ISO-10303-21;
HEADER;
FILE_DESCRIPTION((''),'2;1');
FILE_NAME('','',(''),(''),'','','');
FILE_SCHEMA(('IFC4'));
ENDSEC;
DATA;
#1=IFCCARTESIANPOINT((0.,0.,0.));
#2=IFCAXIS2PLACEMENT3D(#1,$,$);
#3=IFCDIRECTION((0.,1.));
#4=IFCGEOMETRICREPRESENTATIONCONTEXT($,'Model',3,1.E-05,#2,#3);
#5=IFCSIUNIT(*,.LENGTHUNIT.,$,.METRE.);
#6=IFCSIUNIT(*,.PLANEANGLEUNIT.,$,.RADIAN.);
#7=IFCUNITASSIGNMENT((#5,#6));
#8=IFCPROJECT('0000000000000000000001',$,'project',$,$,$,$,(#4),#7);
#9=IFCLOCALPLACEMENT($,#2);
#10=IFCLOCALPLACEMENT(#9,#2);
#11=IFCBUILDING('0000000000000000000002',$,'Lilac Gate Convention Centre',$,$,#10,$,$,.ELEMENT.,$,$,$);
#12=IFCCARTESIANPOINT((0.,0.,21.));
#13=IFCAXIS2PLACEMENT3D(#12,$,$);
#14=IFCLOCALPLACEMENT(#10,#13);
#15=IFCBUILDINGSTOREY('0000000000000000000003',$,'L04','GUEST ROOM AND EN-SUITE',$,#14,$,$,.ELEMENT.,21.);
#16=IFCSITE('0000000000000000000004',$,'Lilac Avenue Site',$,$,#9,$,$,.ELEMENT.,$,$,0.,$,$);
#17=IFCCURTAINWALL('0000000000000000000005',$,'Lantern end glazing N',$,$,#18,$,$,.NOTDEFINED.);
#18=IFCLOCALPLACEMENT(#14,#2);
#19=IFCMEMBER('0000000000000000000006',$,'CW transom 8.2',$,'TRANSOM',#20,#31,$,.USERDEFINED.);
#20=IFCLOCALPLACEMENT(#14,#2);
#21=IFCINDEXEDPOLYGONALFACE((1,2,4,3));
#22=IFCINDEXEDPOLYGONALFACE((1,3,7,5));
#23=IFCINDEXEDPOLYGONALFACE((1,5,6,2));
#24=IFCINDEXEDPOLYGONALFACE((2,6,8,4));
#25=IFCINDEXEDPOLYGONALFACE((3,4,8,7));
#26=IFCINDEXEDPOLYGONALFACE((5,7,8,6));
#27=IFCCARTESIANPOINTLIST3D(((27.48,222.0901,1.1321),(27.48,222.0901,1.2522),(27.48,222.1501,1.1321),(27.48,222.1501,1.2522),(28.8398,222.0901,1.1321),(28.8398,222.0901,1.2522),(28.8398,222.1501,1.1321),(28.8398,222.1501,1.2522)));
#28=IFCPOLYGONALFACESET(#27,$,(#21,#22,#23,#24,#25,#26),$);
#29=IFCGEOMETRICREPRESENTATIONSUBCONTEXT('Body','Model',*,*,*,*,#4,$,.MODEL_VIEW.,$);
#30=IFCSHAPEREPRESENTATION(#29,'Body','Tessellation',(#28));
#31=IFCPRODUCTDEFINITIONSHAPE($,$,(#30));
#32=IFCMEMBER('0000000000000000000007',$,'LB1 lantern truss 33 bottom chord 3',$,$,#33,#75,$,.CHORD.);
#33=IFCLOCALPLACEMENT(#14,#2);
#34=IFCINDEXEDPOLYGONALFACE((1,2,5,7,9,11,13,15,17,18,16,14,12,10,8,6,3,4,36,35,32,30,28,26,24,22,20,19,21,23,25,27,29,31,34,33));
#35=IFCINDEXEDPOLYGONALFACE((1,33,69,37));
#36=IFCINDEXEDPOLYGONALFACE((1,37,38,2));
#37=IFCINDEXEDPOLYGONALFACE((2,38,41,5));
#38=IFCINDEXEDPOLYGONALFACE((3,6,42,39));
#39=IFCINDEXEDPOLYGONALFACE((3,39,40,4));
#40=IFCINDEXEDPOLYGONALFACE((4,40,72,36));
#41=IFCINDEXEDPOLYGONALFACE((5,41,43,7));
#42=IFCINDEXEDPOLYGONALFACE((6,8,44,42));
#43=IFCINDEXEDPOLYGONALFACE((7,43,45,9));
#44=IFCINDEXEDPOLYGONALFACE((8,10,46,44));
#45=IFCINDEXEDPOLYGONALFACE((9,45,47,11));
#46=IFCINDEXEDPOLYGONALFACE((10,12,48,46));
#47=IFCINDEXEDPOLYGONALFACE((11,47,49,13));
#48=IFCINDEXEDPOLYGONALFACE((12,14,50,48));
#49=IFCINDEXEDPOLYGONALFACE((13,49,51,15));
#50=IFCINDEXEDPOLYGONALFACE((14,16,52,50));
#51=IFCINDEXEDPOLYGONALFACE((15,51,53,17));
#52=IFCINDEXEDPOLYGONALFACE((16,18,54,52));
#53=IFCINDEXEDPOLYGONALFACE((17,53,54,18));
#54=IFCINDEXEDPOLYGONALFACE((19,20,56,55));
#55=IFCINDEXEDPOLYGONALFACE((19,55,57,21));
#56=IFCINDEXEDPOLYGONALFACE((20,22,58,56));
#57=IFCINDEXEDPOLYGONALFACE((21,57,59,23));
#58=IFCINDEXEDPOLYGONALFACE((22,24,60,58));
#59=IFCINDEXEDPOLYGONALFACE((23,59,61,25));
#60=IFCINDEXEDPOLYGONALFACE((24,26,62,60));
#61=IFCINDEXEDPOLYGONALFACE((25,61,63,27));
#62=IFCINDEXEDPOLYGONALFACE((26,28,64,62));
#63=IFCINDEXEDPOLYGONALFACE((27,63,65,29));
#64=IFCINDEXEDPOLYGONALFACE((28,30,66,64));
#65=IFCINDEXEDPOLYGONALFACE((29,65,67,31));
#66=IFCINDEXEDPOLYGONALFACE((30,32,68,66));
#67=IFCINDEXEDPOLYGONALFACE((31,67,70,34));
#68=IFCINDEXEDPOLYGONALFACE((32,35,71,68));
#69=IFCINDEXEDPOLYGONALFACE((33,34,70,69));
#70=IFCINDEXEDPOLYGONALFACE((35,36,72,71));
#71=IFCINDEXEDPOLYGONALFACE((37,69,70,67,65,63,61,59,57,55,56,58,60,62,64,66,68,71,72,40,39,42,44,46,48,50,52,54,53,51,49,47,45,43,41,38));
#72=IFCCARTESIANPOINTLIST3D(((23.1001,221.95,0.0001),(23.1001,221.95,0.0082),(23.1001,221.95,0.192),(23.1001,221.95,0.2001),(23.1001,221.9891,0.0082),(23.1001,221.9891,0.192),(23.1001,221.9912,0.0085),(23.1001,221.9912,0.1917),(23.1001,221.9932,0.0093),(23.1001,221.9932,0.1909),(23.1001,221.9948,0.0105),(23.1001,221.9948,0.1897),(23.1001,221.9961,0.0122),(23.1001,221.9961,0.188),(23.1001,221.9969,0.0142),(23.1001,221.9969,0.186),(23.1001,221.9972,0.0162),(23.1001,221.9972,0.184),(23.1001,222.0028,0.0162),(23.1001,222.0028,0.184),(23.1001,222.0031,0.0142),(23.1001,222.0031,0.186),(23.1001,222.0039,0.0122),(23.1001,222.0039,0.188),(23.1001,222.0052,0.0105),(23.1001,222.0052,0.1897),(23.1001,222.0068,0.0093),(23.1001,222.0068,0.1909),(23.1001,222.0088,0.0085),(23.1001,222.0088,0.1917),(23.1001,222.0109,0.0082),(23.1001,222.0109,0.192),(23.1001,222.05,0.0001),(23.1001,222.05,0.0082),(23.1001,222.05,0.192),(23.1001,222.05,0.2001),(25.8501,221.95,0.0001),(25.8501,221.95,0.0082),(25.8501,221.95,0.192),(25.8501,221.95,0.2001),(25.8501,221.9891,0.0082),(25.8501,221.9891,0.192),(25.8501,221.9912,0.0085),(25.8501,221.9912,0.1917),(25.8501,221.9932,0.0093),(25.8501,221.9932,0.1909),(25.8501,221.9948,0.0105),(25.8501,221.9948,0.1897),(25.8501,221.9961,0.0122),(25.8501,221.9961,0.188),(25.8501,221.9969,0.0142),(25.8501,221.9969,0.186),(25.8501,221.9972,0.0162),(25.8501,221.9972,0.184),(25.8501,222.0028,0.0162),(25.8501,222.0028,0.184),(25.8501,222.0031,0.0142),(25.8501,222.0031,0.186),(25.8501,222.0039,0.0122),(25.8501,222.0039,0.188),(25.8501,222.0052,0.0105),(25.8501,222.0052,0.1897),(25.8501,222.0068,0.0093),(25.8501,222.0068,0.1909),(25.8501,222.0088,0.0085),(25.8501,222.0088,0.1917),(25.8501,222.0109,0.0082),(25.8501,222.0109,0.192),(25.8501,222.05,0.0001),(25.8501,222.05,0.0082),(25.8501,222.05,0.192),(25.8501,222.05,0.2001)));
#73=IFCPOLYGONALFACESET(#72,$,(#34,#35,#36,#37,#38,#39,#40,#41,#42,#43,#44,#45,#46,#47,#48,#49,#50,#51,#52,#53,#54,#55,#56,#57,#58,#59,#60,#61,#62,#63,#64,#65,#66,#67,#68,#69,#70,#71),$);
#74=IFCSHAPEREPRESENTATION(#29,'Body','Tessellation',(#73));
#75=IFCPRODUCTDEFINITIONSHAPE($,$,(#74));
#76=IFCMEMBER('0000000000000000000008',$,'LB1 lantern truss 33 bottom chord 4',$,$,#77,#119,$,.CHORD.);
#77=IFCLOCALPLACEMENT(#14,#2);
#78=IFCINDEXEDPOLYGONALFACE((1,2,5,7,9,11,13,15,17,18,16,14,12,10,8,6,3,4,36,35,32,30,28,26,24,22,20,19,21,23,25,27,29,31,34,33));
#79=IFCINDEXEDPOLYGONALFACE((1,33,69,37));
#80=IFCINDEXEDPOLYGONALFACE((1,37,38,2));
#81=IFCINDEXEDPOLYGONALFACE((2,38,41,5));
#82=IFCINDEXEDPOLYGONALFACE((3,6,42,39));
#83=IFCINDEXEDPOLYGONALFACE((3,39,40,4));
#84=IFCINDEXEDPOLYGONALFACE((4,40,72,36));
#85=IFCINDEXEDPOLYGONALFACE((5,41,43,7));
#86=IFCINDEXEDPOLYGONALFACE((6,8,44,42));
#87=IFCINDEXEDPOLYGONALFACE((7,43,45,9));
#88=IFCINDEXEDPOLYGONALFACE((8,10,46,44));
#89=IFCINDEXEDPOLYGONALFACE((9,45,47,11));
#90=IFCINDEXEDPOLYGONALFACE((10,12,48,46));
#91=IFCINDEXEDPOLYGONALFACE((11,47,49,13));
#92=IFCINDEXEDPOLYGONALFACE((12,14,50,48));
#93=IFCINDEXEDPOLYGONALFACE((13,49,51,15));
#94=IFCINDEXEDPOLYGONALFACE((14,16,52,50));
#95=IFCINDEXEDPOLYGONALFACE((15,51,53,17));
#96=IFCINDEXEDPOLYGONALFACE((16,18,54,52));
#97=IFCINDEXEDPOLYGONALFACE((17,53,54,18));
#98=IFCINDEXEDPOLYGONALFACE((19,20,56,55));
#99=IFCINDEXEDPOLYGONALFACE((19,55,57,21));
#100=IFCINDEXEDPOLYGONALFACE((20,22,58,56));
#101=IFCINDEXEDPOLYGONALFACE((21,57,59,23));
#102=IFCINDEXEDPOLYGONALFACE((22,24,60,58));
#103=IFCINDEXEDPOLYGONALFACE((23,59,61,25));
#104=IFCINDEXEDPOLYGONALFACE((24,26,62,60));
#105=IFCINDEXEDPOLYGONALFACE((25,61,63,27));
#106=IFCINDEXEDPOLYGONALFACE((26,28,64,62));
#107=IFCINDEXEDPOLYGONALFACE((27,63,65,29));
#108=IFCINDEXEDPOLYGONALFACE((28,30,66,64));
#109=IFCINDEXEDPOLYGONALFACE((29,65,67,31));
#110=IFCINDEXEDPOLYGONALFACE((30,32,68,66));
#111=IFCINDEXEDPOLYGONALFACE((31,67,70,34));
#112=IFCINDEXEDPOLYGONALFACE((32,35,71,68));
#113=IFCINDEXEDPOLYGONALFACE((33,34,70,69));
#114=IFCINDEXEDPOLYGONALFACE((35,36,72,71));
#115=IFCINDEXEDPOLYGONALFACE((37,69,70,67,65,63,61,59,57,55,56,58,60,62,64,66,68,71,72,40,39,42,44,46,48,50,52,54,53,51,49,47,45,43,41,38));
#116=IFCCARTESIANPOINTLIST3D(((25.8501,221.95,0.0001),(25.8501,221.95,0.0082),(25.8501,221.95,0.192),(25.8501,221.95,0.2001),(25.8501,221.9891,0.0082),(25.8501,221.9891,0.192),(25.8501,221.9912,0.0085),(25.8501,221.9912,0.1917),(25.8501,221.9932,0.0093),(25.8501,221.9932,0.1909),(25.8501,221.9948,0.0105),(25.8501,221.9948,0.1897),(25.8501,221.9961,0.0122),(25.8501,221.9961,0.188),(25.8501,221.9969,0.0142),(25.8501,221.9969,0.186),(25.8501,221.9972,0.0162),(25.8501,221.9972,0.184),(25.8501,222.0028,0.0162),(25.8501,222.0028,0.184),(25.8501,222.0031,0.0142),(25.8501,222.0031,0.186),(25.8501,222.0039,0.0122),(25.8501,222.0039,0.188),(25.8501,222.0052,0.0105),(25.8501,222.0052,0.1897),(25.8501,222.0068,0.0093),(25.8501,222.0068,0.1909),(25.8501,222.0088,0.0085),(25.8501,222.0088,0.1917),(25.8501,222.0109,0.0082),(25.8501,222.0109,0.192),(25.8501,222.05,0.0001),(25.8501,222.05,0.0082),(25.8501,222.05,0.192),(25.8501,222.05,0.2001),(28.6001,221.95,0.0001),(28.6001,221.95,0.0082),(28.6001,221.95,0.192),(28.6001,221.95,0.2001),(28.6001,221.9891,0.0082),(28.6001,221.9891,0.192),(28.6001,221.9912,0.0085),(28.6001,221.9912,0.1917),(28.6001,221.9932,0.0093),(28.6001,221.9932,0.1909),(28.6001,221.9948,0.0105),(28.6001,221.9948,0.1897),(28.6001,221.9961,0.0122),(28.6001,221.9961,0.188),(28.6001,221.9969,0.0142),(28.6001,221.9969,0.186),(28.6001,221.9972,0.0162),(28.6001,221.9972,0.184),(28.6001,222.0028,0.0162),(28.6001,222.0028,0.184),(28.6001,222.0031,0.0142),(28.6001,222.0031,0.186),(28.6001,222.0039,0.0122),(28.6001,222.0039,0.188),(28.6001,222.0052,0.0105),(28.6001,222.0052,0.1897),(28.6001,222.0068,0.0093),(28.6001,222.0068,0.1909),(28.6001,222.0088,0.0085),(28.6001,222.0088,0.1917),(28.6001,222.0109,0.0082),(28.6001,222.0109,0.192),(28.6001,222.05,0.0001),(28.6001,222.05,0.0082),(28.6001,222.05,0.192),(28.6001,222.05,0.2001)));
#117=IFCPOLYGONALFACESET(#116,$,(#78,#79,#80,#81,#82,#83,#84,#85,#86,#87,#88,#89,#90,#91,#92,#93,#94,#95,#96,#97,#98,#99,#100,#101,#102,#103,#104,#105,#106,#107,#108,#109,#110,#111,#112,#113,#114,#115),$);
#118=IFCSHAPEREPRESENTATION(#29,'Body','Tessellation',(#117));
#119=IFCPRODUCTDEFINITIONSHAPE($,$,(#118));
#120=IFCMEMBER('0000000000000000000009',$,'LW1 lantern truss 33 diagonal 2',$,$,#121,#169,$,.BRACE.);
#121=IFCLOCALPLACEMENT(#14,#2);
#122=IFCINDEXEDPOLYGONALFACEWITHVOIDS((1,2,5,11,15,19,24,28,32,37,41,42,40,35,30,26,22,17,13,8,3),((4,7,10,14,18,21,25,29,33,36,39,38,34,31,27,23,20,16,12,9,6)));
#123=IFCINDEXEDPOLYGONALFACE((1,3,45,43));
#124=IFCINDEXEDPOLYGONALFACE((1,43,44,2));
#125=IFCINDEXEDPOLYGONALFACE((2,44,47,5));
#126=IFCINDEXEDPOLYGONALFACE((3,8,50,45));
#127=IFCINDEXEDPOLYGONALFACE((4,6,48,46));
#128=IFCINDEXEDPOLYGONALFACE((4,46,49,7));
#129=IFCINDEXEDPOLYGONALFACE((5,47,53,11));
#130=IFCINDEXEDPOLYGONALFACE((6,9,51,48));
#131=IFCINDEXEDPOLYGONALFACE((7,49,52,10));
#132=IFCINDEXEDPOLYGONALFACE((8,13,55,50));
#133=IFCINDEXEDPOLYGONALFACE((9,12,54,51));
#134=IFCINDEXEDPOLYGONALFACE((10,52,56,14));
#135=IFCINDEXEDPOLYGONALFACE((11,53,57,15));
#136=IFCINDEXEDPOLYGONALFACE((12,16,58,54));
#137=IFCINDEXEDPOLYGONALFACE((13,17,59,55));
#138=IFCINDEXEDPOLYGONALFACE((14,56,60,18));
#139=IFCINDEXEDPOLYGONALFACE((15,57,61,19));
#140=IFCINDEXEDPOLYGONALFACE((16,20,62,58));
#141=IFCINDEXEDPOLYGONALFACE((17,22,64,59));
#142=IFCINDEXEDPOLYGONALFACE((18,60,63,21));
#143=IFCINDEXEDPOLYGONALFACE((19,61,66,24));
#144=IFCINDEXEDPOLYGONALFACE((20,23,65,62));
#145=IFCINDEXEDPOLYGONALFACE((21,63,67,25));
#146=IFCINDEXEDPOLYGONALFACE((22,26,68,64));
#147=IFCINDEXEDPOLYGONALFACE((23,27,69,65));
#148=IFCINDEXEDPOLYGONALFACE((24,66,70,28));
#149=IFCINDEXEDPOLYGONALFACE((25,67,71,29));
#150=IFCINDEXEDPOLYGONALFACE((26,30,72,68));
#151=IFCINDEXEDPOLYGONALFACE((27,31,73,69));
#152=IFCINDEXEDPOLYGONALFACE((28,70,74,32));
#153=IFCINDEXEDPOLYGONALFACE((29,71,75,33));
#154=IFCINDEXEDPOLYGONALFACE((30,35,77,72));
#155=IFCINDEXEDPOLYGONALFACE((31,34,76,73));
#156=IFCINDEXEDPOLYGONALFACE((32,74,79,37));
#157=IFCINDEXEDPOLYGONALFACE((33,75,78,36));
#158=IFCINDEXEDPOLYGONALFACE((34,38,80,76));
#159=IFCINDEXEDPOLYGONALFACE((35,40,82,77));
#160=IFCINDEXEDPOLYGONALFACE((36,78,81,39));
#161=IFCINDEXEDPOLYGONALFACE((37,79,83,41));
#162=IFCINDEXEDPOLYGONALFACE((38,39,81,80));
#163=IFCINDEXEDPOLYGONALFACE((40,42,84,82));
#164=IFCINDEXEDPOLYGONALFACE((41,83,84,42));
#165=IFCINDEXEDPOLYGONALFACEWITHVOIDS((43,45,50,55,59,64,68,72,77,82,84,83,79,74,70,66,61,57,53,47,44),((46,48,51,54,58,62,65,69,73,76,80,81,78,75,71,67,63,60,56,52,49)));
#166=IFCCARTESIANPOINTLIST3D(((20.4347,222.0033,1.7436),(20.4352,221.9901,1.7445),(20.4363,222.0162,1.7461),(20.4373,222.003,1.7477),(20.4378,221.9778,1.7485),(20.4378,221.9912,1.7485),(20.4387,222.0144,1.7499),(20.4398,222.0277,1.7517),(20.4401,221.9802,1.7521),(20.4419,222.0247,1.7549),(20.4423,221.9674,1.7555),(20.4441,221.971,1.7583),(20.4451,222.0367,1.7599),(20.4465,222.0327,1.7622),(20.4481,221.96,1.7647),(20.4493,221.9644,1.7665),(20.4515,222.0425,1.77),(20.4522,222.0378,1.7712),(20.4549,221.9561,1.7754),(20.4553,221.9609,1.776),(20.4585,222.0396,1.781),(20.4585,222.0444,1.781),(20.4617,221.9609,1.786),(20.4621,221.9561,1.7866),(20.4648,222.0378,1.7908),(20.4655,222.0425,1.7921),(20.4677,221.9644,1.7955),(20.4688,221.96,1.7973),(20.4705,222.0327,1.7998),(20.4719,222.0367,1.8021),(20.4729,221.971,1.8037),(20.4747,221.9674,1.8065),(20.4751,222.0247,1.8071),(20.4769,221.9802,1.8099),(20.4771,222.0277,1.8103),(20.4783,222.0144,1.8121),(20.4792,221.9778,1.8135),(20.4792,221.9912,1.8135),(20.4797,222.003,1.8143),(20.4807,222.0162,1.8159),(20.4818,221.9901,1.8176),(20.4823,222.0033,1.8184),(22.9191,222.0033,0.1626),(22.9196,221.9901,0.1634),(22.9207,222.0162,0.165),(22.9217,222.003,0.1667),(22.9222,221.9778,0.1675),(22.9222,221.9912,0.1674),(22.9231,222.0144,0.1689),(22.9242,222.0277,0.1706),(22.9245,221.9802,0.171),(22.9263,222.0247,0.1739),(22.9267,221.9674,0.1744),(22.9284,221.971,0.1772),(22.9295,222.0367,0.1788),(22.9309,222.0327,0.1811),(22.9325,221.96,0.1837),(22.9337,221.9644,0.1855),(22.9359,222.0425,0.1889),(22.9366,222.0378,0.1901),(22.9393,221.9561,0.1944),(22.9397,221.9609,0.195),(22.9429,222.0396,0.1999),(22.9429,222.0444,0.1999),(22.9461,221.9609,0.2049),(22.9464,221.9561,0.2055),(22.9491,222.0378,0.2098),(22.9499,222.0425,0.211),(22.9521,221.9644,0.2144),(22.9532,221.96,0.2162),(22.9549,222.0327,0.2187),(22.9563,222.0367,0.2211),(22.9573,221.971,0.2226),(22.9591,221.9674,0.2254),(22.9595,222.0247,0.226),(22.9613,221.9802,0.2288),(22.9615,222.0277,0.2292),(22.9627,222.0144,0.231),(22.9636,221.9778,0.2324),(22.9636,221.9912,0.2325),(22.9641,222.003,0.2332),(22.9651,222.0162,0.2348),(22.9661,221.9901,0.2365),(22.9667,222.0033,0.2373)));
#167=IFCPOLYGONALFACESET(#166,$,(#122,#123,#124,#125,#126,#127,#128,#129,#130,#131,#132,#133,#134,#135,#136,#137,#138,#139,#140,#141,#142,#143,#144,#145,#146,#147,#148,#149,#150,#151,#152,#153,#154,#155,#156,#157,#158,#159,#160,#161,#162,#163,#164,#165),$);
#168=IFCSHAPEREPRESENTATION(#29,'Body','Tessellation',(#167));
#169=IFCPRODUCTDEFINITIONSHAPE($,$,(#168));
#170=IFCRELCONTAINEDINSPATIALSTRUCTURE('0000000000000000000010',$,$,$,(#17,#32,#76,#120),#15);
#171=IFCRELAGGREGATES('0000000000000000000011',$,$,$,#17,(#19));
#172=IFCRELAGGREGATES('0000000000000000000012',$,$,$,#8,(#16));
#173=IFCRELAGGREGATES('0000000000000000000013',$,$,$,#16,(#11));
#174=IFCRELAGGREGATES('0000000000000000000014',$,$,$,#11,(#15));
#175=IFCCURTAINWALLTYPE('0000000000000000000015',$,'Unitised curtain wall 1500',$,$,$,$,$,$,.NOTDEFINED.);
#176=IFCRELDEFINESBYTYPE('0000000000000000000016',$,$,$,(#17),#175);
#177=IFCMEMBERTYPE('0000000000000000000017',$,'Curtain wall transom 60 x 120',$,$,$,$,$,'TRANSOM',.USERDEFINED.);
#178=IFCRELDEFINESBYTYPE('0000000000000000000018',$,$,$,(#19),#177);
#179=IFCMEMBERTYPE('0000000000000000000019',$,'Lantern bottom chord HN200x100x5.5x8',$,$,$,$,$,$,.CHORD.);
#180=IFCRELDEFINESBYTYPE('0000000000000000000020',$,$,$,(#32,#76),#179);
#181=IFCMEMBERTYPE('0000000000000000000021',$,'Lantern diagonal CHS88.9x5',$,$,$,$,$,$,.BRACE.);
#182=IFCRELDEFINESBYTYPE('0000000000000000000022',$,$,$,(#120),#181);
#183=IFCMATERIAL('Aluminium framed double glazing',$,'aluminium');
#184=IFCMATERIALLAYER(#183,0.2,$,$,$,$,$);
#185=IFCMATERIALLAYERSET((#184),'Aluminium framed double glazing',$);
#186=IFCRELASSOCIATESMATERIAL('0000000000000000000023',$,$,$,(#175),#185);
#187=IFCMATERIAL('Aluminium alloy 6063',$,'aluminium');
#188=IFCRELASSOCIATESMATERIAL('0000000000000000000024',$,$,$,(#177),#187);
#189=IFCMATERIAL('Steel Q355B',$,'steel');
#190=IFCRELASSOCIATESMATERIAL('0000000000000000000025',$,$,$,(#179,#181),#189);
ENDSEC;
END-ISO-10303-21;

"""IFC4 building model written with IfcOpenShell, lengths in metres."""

from ifc_helpers import new_model, si_unit, direction, frame, origin, origin_2d, place, context, subcontext, project, spatial, rectangle, hollow_circle, i_section, extrude, material, layer, layer_set, material_profile, profile_set, type_object, element, aggregate, save


model = new_model("IFC4")

# Units and contexts
model_context = context("Model", 3, precision=1e-05, world=origin(), true_north=direction((0.0, 1.0)))
body_context = subcontext(model_context, "Body", "Model", "MODEL_VIEW")
ifc_project = project(units=[si_unit("LENGTHUNIT", "METRE"), si_unit("PLANEANGLEUNIT", "RADIAN")], contexts=[model_context])

# Site, building, storey
site_placement = place(None, origin())
site = spatial("IfcSite", under=ifc_project, at=site_placement, Name="Lilac Avenue Site", CompositionType="ELEMENT", RefElevation=0.0)
building_placement = place(site_placement, origin())
building = spatial("IfcBuilding", under=site, at=building_placement, Name="Lilac Gate Convention Centre", CompositionType="ELEMENT")
storey_placement = place(building_placement, frame((0.0, 0.0, 21.0)))
storey = spatial("IfcBuildingStorey", under=building, at=storey_placement, Name="L04", Description="GUEST ROOM AND EN-SUITE", CompositionType="ELEMENT", Elevation=21.0)

# Curtain wall, member
ifc_material_1 = material(Name="Aluminium framed double glazing", Category="aluminium")
ifc_layer_1 = layer(ifc_material_1, 0.2)
ifc_layer_set_1 = layer_set([ifc_layer_1], Name="Aluminium framed double glazing")
curtain_wall_type = type_object("IfcCurtainWallType", Name="Unitised curtain wall 1500", PredefinedType="NOTDEFINED", material=ifc_layer_set_1)
curtain_wall_placement = place(storey_placement, origin())
curtain_wall = element("IfcCurtainWall", 1, at=curtain_wall_placement, inside=storey, type_object=curtain_wall_type, Name="Lantern end glazing N", PredefinedType="NOTDEFINED")
ifc_material_2 = material(Name="Aluminium alloy 6063", Category="aluminium")
ifc_material_profile_1 = material_profile(ifc_material_2, rectangle(XDim=0.0601, YDim=0.1201, at=origin_2d()), Name="Curtain wall transom 60 x 120")
ifc_profile_set_1 = profile_set([ifc_material_profile_1], Name="Aluminium alloy 6063")
member_type_1 = type_object("IfcMemberType", Name="Curtain wall transom 60 x 120", ElementType="TRANSOM", PredefinedType="USERDEFINED", material=ifc_profile_set_1)
member_1_placement = place(storey_placement, frame((27.48, 222.1201, 1.1921), z_axis=(1.0, 0.0, 0.0), x_axis=(0.0, 1.0, 0.0)))
member_1 = element("IfcMember", 2, at=member_1_placement, type_object=member_type_1, Name="CW transom 8.2", ObjectType="TRANSOM", PredefinedType="USERDEFINED", context=body_context, shape_type="SweptSolid", body=[
    extrude(rectangle(XDim=0.0601, YDim=0.1201, at=origin_2d()), origin(), (0.0, 0.0, 1.0), 1.3599),
])

# Members
ifc_material_3 = material(Name="Steel Q355B", Category="steel")
ifc_material_profile_2 = material_profile(ifc_material_3, i_section(OverallWidth=0.1001, OverallDepth=0.2, WebThickness=0.0056, FlangeThickness=0.0081, FilletRadius=0.0081, at=origin_2d()), Name="HN200x100x5.5x8")
ifc_profile_set_2 = profile_set([ifc_material_profile_2], Name="Steel Q355B")
member_type_2 = type_object("IfcMemberType", Name="Lantern bottom chord HN200x100x5.5x8", PredefinedType="CHORD", material=ifc_profile_set_2)
for number, where, z_axis, x_axis, name in (
    (3, (23.1001, 222.0, 0.1001), (1.0, 0.0, 0.0), (0.0, 1.0, 0.0), "LB1 lantern truss 33 bottom chord 3"),
    (4, (25.8501, 222.0, 0.1001), (1.0, 0.0, 0.0), (0.0, 1.0, 0.0), "LB1 lantern truss 33 bottom chord 4"),
):
    element("IfcMember", number, at=place(storey_placement, frame(where, z_axis=z_axis, x_axis=x_axis)), inside=storey, type_object=member_type_2, Name=name, PredefinedType="CHORD", context=body_context, shape_type="SweptSolid", body=[
        extrude(i_section(OverallWidth=0.1001, OverallDepth=0.2, WebThickness=0.0056, FlangeThickness=0.0081, FilletRadius=0.0081, at=origin_2d()), origin(), (0.0, 0.0, 1.0), 2.75),
    ])
ifc_material_profile_3 = material_profile(ifc_material_3, hollow_circle(Radius=0.0444, WallThickness=0.0049, at=origin_2d()), Name="CHS88.9x5")
ifc_profile_set_3 = profile_set([ifc_material_profile_3], Name="Steel Q355B")
member_type_3 = type_object("IfcMemberType", Name="Lantern diagonal CHS88.9x5", PredefinedType="BRACE", material=ifc_profile_set_3)
member_2_placement = place(storey_placement, frame((20.4585, 222.0, 1.781), z_axis=(0.843648, 0.0, -0.536897), x_axis=(0.0, 1.0, 0.0)))
element("IfcMember", 5, at=member_2_placement, inside=storey, type_object=member_type_3, Name="LW1 lantern truss 33 diagonal 2", PredefinedType="BRACE", context=body_context, shape_type="SweptSolid", body=[
    extrude(hollow_circle(Radius=0.0444, WallThickness=0.0049, at=origin_2d()), origin(), (0.0, 0.0, 1.0), 2.9448),
])

aggregate(curtain_wall, [member_1])

save(model, "model.ifc")
